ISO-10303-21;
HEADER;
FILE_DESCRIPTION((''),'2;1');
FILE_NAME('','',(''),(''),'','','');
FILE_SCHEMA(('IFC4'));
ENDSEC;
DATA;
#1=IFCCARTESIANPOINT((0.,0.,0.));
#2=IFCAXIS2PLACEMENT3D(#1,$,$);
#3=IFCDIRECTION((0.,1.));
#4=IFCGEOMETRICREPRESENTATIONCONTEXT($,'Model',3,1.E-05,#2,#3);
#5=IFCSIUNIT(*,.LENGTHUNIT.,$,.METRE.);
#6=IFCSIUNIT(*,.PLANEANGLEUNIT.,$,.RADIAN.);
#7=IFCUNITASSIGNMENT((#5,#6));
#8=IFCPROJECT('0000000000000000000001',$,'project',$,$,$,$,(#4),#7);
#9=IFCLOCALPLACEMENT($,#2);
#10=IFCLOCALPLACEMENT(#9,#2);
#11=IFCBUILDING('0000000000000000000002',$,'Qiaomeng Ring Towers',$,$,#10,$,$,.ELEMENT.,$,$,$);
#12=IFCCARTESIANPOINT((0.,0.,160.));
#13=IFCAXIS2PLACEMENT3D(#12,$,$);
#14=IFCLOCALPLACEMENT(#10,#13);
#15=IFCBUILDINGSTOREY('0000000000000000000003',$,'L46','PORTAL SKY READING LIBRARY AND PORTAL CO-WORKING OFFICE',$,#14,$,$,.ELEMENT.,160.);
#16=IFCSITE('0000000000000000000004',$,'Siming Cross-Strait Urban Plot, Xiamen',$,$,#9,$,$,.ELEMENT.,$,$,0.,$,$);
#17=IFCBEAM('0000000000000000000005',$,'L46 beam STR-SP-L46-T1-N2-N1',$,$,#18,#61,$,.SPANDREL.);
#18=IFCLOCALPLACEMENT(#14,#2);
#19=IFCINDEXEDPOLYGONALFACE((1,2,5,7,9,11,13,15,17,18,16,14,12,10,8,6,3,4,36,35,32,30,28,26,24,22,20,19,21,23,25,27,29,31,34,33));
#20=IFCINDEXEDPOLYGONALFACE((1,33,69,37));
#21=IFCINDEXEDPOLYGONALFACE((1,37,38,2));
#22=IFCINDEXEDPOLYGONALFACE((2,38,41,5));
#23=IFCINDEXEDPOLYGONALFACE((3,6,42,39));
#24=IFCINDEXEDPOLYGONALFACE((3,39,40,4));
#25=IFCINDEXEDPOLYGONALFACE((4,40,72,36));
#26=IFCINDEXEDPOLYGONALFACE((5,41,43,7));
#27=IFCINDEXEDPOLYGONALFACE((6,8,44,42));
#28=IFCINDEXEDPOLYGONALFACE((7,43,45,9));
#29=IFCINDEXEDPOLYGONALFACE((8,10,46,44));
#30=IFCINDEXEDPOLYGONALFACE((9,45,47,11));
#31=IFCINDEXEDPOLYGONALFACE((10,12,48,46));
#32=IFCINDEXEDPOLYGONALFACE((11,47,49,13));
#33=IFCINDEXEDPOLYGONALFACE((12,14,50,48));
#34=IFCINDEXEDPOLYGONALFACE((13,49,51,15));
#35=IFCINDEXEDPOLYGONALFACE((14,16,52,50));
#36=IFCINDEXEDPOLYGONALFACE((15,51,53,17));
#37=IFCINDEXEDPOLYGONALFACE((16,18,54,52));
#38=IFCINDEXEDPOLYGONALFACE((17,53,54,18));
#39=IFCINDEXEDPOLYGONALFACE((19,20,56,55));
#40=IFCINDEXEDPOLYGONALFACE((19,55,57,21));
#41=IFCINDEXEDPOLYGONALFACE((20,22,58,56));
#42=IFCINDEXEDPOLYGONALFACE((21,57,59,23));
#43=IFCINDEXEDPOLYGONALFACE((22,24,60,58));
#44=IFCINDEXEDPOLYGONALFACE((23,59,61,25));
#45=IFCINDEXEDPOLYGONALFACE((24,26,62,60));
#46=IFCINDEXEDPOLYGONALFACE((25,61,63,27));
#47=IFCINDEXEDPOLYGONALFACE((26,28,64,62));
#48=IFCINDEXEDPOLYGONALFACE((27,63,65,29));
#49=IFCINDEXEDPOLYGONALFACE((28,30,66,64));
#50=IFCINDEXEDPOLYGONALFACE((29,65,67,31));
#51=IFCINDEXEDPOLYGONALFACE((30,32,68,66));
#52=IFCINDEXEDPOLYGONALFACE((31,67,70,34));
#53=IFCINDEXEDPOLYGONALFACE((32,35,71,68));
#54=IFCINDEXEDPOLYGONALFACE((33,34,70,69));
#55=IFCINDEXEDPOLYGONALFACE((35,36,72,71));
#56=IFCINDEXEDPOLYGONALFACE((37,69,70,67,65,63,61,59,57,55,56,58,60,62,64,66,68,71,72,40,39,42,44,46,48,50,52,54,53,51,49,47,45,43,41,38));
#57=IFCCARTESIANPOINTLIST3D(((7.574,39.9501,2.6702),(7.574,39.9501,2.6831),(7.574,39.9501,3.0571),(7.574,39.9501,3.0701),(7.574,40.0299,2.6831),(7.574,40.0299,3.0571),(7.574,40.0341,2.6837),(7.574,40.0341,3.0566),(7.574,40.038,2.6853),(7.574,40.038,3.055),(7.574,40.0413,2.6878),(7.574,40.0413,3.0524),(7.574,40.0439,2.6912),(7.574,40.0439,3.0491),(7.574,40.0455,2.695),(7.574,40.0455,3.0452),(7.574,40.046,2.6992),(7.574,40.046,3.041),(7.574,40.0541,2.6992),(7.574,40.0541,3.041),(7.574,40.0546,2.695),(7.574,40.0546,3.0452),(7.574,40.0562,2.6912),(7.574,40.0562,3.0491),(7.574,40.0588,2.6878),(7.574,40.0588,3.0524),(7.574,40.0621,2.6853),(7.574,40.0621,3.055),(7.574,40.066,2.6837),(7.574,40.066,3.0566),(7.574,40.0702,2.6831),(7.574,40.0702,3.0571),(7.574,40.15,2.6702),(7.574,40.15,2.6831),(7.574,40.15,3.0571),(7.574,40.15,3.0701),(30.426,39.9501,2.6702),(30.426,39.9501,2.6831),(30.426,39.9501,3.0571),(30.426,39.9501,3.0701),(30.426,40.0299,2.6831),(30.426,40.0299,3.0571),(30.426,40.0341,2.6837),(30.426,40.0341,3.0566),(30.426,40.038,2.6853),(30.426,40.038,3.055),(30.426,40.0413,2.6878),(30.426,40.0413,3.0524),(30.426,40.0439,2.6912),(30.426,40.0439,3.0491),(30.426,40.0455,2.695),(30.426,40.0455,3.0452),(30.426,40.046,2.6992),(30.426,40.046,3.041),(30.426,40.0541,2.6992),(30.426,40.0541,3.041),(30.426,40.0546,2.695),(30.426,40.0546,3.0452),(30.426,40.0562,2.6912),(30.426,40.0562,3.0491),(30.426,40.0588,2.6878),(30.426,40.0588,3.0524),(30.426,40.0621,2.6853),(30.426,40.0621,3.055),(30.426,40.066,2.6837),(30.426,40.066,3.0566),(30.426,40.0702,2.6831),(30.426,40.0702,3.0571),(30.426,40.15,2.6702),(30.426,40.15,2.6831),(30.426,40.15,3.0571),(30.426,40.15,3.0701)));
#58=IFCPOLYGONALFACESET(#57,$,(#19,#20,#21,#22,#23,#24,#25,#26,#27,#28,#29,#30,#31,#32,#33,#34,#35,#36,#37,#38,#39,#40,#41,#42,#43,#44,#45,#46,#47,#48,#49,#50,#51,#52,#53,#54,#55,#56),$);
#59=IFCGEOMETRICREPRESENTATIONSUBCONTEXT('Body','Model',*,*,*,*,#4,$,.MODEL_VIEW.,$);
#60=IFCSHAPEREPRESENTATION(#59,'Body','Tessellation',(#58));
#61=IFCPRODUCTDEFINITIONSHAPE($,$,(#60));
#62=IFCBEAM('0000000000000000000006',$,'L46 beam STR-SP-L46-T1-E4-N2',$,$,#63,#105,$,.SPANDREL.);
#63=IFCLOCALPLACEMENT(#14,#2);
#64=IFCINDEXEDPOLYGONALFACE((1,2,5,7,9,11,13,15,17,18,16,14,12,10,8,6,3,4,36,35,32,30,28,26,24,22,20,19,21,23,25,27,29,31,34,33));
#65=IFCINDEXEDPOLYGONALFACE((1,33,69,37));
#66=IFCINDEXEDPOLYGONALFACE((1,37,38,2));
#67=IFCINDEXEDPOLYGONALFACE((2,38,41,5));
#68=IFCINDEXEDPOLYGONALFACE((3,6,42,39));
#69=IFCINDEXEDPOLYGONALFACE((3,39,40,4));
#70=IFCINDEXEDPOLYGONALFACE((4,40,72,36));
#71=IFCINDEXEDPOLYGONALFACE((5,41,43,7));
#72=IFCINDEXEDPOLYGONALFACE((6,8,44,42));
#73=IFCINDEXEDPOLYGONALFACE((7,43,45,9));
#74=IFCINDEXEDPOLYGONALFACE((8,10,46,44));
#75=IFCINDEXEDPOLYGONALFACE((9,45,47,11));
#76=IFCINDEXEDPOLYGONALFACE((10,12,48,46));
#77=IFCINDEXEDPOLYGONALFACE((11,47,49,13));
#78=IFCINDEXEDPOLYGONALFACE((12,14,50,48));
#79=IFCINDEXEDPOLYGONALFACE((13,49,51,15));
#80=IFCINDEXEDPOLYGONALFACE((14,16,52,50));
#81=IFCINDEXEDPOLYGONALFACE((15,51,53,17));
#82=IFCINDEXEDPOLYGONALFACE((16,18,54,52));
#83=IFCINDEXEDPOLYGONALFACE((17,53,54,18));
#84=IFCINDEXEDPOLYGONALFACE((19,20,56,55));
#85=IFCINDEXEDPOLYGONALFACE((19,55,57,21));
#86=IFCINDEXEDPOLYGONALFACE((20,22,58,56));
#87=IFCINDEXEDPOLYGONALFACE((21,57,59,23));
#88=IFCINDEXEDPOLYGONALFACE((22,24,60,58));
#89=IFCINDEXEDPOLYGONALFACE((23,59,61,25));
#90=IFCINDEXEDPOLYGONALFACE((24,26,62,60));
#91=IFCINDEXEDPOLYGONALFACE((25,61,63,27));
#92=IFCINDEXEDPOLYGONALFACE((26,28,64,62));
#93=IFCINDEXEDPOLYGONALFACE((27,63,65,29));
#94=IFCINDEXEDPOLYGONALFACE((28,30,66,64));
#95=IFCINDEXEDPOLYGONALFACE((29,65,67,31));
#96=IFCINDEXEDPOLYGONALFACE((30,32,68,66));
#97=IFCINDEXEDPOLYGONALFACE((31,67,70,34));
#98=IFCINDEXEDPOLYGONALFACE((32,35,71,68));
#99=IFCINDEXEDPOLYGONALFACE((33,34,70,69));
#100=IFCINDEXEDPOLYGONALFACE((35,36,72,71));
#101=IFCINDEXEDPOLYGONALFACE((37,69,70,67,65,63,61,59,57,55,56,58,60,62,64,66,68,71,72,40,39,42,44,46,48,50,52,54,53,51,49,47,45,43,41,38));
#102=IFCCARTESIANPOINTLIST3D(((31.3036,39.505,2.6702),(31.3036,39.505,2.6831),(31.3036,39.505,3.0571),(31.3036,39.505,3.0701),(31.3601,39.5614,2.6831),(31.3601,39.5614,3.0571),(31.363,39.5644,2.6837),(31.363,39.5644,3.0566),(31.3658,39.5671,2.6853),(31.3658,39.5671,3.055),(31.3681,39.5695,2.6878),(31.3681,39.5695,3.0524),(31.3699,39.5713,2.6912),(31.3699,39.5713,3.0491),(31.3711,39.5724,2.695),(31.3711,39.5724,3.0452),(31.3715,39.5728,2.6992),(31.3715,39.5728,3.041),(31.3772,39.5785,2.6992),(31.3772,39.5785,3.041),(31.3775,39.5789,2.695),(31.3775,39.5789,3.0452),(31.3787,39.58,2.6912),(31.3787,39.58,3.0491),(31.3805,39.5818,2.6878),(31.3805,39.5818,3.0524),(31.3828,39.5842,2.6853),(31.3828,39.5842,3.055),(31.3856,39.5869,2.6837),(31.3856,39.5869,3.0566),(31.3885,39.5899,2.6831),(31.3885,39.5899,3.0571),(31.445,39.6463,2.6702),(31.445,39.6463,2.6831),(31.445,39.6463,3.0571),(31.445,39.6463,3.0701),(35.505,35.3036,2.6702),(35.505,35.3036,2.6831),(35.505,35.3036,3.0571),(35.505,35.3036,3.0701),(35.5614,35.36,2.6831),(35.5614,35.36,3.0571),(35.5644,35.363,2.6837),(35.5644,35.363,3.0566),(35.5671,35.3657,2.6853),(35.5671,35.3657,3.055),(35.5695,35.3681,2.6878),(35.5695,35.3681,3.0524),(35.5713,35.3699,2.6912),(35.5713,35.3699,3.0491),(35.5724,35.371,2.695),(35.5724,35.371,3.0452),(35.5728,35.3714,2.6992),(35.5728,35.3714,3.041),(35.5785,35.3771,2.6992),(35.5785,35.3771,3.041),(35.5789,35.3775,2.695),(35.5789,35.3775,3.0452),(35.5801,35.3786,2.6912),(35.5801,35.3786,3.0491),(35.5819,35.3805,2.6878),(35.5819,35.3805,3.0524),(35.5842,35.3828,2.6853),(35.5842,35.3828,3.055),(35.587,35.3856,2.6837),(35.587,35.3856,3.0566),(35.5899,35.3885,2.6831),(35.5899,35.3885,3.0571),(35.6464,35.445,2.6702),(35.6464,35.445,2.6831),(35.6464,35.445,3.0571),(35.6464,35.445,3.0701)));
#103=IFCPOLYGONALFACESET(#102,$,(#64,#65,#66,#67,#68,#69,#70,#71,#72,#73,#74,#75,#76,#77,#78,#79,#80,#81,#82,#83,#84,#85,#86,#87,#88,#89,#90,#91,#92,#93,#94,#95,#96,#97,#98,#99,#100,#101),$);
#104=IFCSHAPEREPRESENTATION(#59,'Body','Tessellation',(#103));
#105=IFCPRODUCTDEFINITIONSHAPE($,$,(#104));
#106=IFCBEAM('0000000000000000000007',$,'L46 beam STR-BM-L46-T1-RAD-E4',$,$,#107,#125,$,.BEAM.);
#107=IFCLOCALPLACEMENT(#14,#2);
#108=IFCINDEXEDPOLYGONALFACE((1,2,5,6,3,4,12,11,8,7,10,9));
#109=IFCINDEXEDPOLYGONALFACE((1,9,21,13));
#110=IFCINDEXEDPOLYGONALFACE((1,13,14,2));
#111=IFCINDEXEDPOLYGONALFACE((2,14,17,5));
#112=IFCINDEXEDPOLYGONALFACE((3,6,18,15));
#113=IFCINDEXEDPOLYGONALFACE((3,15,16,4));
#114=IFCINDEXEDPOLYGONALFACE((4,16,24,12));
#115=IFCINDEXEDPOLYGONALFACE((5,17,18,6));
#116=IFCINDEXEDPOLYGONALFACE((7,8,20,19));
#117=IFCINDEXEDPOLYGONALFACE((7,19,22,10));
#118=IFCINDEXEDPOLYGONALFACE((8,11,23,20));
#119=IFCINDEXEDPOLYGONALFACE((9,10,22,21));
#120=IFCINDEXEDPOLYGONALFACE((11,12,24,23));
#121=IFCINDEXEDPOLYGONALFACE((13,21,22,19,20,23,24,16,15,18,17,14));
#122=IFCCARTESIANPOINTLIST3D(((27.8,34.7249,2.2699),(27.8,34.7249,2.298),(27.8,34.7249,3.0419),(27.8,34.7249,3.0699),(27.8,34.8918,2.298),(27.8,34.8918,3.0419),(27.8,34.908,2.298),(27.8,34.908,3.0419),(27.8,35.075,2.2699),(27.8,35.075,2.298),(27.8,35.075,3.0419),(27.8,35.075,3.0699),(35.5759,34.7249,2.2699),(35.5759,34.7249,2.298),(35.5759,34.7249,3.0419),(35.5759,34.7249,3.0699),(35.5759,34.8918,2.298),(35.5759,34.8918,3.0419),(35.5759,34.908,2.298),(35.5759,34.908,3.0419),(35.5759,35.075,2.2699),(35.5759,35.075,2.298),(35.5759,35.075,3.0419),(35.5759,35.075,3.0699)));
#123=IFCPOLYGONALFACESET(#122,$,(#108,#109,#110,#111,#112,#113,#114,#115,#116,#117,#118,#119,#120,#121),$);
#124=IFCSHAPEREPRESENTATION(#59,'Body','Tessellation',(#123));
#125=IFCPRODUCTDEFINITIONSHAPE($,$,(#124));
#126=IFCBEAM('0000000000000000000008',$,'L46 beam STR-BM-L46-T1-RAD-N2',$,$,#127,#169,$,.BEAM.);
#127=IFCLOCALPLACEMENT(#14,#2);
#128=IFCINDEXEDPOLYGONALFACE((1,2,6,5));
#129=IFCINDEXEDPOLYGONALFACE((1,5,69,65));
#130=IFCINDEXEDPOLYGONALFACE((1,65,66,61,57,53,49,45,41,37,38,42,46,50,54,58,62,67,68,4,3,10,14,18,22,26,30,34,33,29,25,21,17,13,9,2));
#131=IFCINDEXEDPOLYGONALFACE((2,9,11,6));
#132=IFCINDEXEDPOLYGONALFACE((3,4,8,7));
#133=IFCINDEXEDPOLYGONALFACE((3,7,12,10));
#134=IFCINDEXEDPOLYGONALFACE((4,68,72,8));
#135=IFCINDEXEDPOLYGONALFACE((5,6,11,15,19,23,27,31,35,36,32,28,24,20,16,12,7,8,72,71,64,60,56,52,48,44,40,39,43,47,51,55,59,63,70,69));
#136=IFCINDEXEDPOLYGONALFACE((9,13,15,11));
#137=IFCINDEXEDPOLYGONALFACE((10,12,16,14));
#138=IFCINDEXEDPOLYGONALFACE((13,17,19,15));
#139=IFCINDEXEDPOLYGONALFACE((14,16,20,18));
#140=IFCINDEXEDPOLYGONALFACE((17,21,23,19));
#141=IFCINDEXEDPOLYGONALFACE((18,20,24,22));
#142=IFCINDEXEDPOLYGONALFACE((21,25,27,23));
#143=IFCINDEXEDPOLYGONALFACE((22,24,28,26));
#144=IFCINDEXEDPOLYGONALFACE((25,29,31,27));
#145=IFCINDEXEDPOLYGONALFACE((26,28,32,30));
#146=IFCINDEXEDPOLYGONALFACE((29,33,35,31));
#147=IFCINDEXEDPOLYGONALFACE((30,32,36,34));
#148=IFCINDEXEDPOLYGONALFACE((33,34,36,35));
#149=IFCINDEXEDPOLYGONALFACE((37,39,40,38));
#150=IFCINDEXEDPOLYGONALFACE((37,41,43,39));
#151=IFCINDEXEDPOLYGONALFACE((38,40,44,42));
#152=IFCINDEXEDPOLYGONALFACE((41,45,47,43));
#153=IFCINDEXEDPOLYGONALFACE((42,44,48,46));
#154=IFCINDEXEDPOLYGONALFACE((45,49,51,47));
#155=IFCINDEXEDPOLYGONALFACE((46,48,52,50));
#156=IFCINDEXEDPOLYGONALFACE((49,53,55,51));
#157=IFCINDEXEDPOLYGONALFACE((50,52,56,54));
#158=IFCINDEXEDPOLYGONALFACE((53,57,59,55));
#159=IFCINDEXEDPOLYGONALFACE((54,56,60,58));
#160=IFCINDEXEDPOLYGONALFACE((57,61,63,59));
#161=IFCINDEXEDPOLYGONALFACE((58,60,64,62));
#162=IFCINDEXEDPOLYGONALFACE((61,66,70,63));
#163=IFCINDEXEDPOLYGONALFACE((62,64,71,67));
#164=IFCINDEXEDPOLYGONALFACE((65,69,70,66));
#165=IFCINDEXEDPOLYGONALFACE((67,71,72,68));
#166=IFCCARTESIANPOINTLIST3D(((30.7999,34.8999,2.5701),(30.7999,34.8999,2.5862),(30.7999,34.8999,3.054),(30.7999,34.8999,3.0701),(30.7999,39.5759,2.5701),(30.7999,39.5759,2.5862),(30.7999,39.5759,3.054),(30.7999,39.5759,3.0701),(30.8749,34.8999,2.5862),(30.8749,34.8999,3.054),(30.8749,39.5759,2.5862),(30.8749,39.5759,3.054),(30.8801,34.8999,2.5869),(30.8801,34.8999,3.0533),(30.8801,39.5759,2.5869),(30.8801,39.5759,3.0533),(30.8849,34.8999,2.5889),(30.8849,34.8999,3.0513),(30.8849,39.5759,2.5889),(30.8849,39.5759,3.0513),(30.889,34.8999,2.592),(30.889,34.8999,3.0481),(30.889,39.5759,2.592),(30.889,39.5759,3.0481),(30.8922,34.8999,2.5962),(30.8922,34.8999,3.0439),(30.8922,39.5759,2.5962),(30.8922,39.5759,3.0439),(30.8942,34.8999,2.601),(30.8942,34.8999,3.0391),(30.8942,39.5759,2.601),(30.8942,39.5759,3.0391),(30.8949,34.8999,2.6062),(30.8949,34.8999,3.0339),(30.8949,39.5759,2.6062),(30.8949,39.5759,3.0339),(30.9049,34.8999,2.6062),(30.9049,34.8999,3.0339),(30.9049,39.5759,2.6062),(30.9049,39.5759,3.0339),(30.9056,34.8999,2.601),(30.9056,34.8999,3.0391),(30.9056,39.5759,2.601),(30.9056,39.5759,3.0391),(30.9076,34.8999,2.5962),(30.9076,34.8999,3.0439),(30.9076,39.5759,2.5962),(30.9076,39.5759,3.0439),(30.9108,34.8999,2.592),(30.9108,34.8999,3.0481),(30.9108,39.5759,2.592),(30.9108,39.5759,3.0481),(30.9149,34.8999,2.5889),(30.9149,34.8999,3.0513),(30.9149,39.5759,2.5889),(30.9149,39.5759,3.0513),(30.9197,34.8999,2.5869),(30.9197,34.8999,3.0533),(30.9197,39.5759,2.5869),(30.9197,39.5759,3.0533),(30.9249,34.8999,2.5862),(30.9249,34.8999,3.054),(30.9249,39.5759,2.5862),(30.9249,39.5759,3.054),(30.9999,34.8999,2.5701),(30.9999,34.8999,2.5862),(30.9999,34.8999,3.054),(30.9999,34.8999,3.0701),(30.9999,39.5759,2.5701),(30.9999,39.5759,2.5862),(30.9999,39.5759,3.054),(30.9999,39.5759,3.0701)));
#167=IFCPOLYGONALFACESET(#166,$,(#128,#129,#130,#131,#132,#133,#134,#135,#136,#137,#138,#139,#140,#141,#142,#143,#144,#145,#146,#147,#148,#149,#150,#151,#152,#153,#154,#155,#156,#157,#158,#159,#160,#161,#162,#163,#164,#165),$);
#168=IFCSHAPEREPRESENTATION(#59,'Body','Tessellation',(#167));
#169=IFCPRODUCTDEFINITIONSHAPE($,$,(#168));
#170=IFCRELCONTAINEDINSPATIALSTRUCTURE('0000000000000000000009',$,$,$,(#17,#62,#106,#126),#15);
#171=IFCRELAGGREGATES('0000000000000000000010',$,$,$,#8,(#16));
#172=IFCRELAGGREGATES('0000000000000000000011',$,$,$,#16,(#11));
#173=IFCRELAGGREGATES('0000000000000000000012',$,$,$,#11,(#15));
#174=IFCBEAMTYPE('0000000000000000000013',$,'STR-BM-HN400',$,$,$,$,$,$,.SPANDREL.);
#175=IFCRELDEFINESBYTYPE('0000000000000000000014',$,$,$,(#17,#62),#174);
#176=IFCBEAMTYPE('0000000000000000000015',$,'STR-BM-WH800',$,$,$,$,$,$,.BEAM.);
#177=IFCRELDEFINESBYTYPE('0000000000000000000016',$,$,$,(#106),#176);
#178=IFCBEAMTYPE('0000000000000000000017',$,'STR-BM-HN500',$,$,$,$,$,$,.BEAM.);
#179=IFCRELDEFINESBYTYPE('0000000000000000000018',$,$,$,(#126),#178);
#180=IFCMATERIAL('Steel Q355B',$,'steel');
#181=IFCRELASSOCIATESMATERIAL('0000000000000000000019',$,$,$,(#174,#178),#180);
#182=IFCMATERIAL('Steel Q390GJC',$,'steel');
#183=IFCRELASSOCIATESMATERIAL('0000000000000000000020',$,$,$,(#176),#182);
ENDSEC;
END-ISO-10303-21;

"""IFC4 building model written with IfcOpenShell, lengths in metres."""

from ifc_helpers import new_model, si_unit, direction, frame, origin, origin_2d, place, context, subcontext, project, spatial, i_section, extrude, source, transform, mapped, material, material_profile, profile_set, type_object, element, save


model = new_model("IFC4")

# Units and contexts
model_context = context("Model", 3, precision=1e-05, world=origin(), true_north=direction((0.0, 1.0)))
body_context = subcontext(model_context, "Body", "Model", "MODEL_VIEW")
ifc_project = project(units=[si_unit("LENGTHUNIT", "METRE"), si_unit("PLANEANGLEUNIT", "RADIAN")], contexts=[model_context])

# Site, building, storey
site_placement = place(None, origin())
site = spatial("IfcSite", under=ifc_project, at=site_placement, Name="Siming Cross-Strait Urban Plot, Xiamen", CompositionType="ELEMENT", RefElevation=0.0)
building_placement = place(site_placement, origin())
building = spatial("IfcBuilding", under=site, at=building_placement, Name="Qiaomeng Ring Towers", CompositionType="ELEMENT")
storey_placement = place(building_placement, frame((0.0, 0.0, 160.0)))
storey = spatial("IfcBuildingStorey", under=building, at=storey_placement, Name="L46", Description="PORTAL SKY READING LIBRARY AND PORTAL CO-WORKING OFFICE", CompositionType="ELEMENT", Elevation=160.0)

# Beams
ifc_material_1 = material(Name="Steel Q355B", Category="steel")
ifc_material_profile_1 = material_profile(ifc_material_1, i_section(OverallWidth=0.2, OverallDepth=0.3999, WebThickness=0.0081, FlangeThickness=0.0129, FilletRadius=0.0161, at=origin_2d()), Name="HN 400x200x8x13")
ifc_profile_set_1 = profile_set([ifc_material_profile_1], Name="Steel Q355B")
beam_type_1 = type_object("IfcBeamType", Name="STR-BM-HN400", PredefinedType="SPANDREL", material=ifc_profile_set_1)
shared_shape_1 = source(origin(), body_context, "Body", "SweptSolid", [
    extrude(i_section(OverallWidth=0.2, OverallDepth=0.3999, WebThickness=0.0081, FlangeThickness=0.0129, FilletRadius=0.0161, at=origin_2d()), origin(), (0.0, 0.0, 1.0), 22.8521),
])
beam_1_placement = place(storey_placement, frame((30.426, 40.05, 2.8701), z_axis=(-1.0, 0.0, 0.0), x_axis=(0.0, -1.0, 0.0)))
element("IfcBeam", 1, at=beam_1_placement, inside=storey, type_object=beam_type_1, Name="L46 beam STR-SP-L46-T1-N2-N1", PredefinedType="SPANDREL", context=body_context, shape_type="MappedRepresentation", body=[
    mapped(shared_shape_1, transform((0.0, 0.0, 0.0), x_axis=(1.0, 0.0, 0.0), y_axis=(0.0, 1.0, 0.0), z_axis=(0.0, 0.0, 1.0), scale=1.0)),
])
shared_shape_2 = source(origin(), body_context, "Body", "SweptSolid", [
    extrude(i_section(OverallWidth=0.2, OverallDepth=0.3999, WebThickness=0.0081, FlangeThickness=0.0129, FilletRadius=0.0161, at=origin_2d()), origin(), (0.0, 0.0, 1.0), 5.9417),
])
beam_2_placement = place(storey_placement, frame((35.5757, 35.3743, 2.8701), z_axis=(-0.707107, 0.707107, 0.0), x_axis=(-0.707107, -0.707107, 0.0)))
element("IfcBeam", 2, at=beam_2_placement, inside=storey, type_object=beam_type_1, Name="L46 beam STR-SP-L46-T1-E4-N2", PredefinedType="SPANDREL", context=body_context, shape_type="MappedRepresentation", body=[
    mapped(shared_shape_2, transform((0.0, 0.0, 0.0), x_axis=(1.0, 0.0, 0.0), y_axis=(0.0, 1.0, 0.0), z_axis=(0.0, 0.0, 1.0), scale=1.0)),
])
ifc_material_2 = material(Name="Steel Q390GJC", Category="steel")
ifc_material_profile_2 = material_profile(ifc_material_2, i_section(OverallWidth=0.3501, OverallDepth=0.8, WebThickness=0.0161, FlangeThickness=0.0281, at=origin_2d()), Name="WH 800x350x16x28")
ifc_profile_set_2 = profile_set([ifc_material_profile_2], Name="Steel Q390GJC")
beam_type_2 = type_object("IfcBeamType", Name="STR-BM-WH800", PredefinedType="BEAM", material=ifc_profile_set_2)
shared_shape_3 = source(origin(), body_context, "Body", "SweptSolid", [
    extrude(i_section(OverallWidth=0.3501, OverallDepth=0.8, WebThickness=0.0161, FlangeThickness=0.0281, at=origin_2d()), origin(), (0.0, 0.0, 1.0), 7.7759),
])
beam_3_placement = place(storey_placement, frame((27.8, 34.8999, 2.6699), z_axis=(1.0, 0.0, 0.0), x_axis=(0.0, 1.0, 0.0)))
element("IfcBeam", 3, at=beam_3_placement, inside=storey, type_object=beam_type_2, Name="L46 beam STR-BM-L46-T1-RAD-E4", PredefinedType="BEAM", context=body_context, shape_type="MappedRepresentation", body=[
    mapped(shared_shape_3, transform((0.0, 0.0, 0.0), x_axis=(1.0, 0.0, 0.0), y_axis=(0.0, 1.0, 0.0), z_axis=(0.0, 0.0, 1.0), scale=1.0)),
])
ifc_material_profile_3 = material_profile(ifc_material_1, i_section(OverallWidth=0.2, OverallDepth=0.5, WebThickness=0.01, FlangeThickness=0.0161, FilletRadius=0.02, at=origin_2d()), Name="HN 500x200x10x16")
ifc_profile_set_3 = profile_set([ifc_material_profile_3], Name="Steel Q355B")
beam_type_3 = type_object("IfcBeamType", Name="STR-BM-HN500", PredefinedType="BEAM", material=ifc_profile_set_3)
shared_shape_4 = source(origin(), body_context, "Body", "SweptSolid", [
    extrude(i_section(OverallWidth=0.2, OverallDepth=0.5, WebThickness=0.01, FlangeThickness=0.0161, FilletRadius=0.02, at=origin_2d()), origin(), (0.0, 0.0, 1.0), 4.676),
])
beam_4_placement = place(storey_placement, frame((30.8999, 39.5759, 2.8201), z_axis=(0.0, -1.0, 0.0), x_axis=(1.0, 0.0, 0.0)))
element("IfcBeam", 4, at=beam_4_placement, inside=storey, type_object=beam_type_3, Name="L46 beam STR-BM-L46-T1-RAD-N2", PredefinedType="BEAM", context=body_context, shape_type="MappedRepresentation", body=[
    mapped(shared_shape_4, transform((0.0, 0.0, 0.0), x_axis=(1.0, 0.0, 0.0), y_axis=(0.0, 1.0, 0.0), z_axis=(0.0, 0.0, 1.0), scale=1.0)),
])

save(model, "model.ifc")
